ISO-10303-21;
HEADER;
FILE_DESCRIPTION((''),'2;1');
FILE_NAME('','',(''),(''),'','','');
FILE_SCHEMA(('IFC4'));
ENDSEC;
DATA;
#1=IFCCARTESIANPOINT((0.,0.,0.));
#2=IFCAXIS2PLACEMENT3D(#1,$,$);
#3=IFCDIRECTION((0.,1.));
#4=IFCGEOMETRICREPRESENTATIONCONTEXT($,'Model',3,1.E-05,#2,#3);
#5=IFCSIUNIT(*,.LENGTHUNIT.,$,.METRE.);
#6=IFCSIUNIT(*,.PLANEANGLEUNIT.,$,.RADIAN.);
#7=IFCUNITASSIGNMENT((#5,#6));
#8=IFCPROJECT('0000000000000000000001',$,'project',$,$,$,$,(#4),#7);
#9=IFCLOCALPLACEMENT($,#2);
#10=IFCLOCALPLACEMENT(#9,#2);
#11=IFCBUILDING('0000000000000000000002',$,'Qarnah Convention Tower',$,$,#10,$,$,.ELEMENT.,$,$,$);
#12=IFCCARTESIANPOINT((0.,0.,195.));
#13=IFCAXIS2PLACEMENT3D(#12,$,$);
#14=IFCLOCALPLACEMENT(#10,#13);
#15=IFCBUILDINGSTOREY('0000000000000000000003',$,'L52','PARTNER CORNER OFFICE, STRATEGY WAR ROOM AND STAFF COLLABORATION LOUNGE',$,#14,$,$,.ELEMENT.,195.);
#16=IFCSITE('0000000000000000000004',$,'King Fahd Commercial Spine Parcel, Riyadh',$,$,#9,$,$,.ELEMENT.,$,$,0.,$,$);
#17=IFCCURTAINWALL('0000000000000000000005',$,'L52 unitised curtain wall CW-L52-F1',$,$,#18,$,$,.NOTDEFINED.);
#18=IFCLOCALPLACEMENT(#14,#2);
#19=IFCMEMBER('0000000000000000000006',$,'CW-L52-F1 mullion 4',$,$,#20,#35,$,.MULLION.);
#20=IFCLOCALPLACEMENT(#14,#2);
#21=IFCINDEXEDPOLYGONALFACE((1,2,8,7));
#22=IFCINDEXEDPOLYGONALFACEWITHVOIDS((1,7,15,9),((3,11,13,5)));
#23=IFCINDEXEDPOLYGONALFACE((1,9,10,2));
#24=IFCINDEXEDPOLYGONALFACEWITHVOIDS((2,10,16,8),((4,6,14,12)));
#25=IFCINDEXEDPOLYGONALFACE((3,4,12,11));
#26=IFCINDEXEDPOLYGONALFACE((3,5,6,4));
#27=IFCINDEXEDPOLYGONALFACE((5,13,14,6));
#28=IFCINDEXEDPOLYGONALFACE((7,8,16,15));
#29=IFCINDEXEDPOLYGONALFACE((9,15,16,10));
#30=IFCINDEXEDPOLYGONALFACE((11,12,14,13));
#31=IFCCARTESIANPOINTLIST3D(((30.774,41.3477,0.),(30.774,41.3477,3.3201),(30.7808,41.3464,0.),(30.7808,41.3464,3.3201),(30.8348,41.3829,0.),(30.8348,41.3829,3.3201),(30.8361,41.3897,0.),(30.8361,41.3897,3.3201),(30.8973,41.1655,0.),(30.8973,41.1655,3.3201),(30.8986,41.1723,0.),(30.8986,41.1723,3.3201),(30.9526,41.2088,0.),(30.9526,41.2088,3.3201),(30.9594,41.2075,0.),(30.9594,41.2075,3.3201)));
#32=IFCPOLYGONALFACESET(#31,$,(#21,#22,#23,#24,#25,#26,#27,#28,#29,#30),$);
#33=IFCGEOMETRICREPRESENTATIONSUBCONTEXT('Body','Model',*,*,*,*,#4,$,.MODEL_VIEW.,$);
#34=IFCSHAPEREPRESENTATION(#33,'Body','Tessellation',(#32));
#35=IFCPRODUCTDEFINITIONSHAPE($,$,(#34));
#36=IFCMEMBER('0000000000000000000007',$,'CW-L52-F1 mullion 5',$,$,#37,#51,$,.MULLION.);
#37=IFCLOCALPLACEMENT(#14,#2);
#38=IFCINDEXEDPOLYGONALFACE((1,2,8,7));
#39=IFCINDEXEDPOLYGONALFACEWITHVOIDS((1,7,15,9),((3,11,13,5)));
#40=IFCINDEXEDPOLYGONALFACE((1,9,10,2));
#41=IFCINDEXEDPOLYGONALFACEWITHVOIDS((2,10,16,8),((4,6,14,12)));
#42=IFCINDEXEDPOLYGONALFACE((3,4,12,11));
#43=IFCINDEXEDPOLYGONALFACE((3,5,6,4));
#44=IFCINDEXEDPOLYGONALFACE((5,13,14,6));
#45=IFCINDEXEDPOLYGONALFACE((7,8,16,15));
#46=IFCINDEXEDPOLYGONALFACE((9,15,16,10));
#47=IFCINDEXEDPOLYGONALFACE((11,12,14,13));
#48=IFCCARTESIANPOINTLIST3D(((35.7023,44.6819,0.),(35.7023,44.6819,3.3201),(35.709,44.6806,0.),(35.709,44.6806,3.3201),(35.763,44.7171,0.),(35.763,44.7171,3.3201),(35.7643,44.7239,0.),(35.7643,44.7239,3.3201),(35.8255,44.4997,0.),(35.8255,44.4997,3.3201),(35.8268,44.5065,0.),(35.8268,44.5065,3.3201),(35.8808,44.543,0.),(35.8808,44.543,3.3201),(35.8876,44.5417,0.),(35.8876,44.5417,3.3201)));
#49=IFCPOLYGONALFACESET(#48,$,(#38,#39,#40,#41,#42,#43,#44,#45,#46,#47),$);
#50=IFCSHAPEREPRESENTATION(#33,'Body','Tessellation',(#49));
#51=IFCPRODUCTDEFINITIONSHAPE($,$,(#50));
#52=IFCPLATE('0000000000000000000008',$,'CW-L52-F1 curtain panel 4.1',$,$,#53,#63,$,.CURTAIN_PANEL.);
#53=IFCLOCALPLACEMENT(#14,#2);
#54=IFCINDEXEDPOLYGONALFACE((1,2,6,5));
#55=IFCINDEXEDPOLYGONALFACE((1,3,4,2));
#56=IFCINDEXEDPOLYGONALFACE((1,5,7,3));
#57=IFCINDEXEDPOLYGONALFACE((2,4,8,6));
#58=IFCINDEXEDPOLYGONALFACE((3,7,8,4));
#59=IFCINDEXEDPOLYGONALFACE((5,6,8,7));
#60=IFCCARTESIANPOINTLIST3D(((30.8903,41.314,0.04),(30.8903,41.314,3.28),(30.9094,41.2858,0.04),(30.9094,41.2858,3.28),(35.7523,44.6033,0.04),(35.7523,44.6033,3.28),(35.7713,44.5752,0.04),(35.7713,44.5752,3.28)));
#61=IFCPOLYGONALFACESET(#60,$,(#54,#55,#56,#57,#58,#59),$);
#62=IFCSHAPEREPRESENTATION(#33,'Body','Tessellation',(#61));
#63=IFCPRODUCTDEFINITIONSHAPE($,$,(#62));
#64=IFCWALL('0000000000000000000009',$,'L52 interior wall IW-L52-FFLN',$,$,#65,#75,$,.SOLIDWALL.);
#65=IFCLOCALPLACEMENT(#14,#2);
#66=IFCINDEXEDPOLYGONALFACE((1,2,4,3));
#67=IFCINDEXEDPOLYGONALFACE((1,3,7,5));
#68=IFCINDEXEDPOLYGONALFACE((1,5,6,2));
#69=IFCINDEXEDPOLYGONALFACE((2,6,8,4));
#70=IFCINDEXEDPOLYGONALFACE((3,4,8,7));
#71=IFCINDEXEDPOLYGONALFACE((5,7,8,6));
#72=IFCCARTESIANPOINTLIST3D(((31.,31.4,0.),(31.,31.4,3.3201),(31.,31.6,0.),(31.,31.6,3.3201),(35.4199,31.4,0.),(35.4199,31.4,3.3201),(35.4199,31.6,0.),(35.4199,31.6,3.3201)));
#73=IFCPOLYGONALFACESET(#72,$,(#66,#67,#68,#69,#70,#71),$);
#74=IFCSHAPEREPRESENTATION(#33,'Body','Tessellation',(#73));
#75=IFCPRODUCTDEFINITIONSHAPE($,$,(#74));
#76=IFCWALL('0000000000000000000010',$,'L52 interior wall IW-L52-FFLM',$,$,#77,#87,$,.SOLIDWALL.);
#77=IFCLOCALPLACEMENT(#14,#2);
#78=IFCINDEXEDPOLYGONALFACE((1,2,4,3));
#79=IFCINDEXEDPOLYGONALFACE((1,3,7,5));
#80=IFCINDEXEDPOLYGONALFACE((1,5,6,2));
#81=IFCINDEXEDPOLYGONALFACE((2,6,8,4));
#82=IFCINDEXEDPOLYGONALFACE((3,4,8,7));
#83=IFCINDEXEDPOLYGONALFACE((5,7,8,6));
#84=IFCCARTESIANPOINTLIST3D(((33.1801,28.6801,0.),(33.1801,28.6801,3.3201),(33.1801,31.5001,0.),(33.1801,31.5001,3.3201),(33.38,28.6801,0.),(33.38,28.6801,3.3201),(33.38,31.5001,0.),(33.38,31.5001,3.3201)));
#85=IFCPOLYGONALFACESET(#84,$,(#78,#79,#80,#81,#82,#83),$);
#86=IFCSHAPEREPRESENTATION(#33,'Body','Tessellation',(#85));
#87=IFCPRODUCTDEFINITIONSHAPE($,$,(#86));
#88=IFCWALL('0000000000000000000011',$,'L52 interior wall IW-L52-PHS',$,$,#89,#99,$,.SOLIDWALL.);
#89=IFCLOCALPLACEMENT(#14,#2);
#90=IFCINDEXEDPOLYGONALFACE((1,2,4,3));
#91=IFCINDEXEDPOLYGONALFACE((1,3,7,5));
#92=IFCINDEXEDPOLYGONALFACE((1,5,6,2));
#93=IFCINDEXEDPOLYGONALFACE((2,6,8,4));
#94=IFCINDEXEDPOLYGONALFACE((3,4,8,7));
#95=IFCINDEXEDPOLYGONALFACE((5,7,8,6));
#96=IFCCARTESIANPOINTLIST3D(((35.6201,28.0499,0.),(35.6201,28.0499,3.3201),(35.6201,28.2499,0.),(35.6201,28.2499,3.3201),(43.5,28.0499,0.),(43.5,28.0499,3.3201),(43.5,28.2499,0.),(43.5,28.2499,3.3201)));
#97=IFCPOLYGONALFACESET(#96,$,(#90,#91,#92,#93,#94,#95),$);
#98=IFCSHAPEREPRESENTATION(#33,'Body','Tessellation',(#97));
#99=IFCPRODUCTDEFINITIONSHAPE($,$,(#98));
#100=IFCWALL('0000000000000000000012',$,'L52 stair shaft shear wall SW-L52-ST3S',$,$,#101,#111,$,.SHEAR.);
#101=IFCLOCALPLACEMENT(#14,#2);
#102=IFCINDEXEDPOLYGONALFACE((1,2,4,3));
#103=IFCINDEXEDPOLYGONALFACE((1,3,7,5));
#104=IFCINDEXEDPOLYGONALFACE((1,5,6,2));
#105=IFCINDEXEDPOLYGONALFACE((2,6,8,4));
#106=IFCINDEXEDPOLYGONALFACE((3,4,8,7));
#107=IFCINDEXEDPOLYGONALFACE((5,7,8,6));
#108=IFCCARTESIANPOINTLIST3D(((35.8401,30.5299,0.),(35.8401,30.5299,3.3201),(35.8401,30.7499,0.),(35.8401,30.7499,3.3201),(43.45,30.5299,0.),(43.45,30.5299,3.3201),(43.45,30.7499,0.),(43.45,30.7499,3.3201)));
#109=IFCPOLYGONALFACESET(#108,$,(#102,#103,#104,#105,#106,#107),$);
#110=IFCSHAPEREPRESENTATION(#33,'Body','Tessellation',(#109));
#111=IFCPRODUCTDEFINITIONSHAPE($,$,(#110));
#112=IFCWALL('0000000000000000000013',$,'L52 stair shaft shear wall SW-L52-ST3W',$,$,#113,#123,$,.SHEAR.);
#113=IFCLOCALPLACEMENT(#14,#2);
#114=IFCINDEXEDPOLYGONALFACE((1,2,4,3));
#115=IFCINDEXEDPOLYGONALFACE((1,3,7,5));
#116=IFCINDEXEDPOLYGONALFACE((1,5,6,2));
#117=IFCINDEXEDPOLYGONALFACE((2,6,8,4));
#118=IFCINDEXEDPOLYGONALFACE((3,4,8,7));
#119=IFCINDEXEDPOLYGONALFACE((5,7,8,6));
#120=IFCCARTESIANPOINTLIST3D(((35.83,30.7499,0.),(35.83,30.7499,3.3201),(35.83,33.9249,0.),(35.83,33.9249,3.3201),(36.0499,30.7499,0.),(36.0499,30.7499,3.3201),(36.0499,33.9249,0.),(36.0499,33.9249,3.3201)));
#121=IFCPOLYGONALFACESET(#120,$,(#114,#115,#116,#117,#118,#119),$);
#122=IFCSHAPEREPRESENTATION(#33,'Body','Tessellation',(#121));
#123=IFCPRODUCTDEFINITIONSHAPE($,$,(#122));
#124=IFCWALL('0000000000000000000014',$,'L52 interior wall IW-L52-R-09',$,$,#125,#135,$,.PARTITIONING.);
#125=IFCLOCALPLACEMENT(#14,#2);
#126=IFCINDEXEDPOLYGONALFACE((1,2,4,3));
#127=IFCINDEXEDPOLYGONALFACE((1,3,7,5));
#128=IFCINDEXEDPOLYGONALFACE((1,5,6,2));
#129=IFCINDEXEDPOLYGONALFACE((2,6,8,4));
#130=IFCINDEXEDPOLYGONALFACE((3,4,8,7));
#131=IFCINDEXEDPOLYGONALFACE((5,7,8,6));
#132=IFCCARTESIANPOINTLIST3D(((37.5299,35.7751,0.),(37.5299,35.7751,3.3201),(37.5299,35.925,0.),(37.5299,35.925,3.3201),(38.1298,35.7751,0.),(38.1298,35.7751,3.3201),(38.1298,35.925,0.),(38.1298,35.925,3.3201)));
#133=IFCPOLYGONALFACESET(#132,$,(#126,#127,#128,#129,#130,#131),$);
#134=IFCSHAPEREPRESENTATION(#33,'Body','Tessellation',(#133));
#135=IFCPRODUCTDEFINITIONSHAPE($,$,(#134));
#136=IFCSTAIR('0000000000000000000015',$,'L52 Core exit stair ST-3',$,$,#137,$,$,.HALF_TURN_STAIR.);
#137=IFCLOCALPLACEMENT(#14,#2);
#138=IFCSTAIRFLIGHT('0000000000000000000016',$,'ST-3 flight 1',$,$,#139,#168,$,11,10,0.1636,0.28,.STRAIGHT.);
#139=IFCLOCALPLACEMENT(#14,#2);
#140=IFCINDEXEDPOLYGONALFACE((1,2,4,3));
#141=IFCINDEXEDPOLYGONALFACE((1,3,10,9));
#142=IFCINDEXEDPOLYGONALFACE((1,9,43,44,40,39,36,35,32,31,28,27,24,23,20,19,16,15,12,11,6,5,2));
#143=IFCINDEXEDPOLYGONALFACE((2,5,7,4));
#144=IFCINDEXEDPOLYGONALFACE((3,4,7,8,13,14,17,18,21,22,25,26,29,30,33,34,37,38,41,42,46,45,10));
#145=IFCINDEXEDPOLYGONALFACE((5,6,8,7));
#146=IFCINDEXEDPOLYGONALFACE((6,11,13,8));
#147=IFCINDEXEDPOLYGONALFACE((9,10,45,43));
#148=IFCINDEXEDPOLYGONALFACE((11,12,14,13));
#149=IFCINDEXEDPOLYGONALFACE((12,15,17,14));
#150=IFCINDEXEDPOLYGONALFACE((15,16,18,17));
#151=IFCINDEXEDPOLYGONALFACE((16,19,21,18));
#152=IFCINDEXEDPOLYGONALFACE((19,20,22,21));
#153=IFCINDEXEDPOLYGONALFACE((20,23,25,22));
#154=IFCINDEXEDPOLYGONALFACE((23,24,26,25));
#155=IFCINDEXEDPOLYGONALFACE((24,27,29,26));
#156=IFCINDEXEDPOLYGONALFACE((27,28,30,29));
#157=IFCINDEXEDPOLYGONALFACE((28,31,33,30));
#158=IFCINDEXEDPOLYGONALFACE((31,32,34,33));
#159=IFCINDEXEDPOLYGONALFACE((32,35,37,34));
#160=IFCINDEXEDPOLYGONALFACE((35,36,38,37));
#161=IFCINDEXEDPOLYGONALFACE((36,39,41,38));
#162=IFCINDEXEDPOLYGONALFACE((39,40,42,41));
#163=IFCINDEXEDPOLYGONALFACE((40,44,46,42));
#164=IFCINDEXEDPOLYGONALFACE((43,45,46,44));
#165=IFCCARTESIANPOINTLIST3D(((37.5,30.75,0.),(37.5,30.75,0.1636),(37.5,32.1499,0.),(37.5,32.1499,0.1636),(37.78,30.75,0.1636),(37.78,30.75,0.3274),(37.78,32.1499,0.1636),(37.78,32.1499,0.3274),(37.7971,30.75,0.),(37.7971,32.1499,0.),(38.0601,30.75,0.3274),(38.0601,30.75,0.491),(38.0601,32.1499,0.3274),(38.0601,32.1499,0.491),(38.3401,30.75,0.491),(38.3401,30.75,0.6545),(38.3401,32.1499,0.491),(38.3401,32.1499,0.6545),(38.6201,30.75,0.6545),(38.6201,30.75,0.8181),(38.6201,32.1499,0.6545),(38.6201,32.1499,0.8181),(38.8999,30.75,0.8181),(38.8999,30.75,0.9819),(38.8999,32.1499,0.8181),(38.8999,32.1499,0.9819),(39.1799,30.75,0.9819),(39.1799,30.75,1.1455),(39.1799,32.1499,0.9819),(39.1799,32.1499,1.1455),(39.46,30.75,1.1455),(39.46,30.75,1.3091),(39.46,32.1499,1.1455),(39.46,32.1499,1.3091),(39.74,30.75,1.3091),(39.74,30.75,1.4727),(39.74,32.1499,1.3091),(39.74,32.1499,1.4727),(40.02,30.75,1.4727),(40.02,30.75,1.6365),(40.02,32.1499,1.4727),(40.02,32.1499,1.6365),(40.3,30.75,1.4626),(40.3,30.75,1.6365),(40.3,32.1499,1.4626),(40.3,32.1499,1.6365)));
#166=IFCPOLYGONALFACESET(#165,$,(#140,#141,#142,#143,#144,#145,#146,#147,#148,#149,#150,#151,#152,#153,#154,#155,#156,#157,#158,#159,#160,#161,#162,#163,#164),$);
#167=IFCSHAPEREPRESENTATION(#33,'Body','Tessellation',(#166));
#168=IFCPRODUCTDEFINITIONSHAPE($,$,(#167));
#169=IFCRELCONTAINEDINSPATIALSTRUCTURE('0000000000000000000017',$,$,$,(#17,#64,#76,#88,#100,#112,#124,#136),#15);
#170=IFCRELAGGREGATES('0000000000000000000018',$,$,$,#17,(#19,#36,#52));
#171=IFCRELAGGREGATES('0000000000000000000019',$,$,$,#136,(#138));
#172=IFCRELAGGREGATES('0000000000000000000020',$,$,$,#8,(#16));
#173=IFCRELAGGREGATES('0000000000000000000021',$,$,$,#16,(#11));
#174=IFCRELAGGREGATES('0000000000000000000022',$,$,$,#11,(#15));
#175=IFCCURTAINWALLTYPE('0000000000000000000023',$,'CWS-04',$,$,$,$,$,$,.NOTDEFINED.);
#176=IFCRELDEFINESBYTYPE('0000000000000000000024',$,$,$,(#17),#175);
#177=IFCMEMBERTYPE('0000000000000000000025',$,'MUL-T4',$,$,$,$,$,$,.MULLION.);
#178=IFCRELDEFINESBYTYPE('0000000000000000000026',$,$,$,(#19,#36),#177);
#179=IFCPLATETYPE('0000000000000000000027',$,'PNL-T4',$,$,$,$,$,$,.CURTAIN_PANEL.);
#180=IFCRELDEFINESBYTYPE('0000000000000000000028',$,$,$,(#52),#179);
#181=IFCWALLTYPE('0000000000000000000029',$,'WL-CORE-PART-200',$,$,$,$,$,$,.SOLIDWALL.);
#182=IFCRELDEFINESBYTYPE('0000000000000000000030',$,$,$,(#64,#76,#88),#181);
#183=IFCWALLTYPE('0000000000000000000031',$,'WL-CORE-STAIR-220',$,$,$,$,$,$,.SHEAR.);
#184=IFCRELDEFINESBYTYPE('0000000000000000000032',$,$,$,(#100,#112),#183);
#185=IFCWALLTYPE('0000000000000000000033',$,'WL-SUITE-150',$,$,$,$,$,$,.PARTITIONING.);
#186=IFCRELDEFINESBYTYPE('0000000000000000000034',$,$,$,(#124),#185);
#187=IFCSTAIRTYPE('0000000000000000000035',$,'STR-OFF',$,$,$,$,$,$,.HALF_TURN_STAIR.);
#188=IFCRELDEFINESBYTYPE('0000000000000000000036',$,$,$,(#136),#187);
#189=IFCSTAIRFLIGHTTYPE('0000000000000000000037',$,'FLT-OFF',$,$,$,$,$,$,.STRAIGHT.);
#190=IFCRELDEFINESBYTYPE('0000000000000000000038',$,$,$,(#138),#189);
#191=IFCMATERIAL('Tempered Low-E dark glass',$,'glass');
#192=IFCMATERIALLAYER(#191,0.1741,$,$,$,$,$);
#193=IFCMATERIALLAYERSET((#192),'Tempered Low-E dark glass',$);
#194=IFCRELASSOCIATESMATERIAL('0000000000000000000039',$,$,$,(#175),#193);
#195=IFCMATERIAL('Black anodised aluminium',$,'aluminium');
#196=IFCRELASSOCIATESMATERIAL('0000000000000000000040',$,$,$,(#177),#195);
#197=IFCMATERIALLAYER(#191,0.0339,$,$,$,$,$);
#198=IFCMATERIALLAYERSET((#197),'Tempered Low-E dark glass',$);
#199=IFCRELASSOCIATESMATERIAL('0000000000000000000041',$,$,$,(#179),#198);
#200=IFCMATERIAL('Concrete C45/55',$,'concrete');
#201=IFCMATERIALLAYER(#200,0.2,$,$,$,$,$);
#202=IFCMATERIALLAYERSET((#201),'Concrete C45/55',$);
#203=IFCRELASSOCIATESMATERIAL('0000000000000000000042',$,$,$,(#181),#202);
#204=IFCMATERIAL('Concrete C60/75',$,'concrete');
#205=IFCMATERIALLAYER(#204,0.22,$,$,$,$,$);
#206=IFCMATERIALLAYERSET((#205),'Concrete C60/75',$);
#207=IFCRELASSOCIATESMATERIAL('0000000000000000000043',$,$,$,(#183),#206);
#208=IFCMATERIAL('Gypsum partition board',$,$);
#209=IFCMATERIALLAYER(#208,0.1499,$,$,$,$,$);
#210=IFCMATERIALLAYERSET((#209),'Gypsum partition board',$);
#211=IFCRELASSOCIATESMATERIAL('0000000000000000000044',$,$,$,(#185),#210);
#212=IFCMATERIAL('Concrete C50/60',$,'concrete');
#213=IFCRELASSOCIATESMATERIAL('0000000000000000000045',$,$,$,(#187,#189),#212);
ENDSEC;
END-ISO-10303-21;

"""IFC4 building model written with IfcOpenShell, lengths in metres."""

from ifc_helpers import new_model, si_unit, direction, frame, frame_2d, origin, origin_2d, place, context, subcontext, project, spatial, polyline, rectangle, hollow_rectangle, outline, extrude, material, layer, layer_set, material_profile, profile_set, type_object, element, aggregate, save


model = new_model("IFC4")

# Units and contexts
model_context = context("Model", 3, precision=1e-05, world=origin(), true_north=direction((0.0, 1.0)))
body_context = subcontext(model_context, "Body", "Model", "MODEL_VIEW")
ifc_project = project(units=[si_unit("LENGTHUNIT", "METRE"), si_unit("PLANEANGLEUNIT", "RADIAN")], contexts=[model_context])

# Site, building, storey
site_placement = place(None, origin())
site = spatial("IfcSite", under=ifc_project, at=site_placement, Name="King Fahd Commercial Spine Parcel, Riyadh", CompositionType="ELEMENT", RefElevation=0.0)
building_placement = place(site_placement, origin())
building = spatial("IfcBuilding", under=site, at=building_placement, Name="Qarnah Convention Tower", CompositionType="ELEMENT")
storey_placement = place(building_placement, frame((0.0, 0.0, 195.0)))
storey = spatial("IfcBuildingStorey", under=building, at=storey_placement, Name="L52", Description="PARTNER CORNER OFFICE, STRATEGY WAR ROOM AND STAFF COLLABORATION LOUNGE", CompositionType="ELEMENT", Elevation=195.0)

# Shared definitions
ifc_material_1 = material(Name="Concrete C50/60", Category="concrete")

# Curtain wall, members, plate
ifc_material_2 = material(Name="Tempered Low-E dark glass", Category="glass")
ifc_layer_1 = layer(ifc_material_2, 0.1741)
ifc_layer_set_1 = layer_set([ifc_layer_1], Name="Tempered Low-E dark glass")
curtain_wall_type = type_object("IfcCurtainWallType", Name="CWS-04", PredefinedType="NOTDEFINED", material=ifc_layer_set_1)
curtain_wall_placement = place(storey_placement, origin())
curtain_wall = element("IfcCurtainWall", 1, at=curtain_wall_placement, inside=storey, type_object=curtain_wall_type, Name="L52 unitised curtain wall CW-L52-F1", PredefinedType="NOTDEFINED")
ifc_material_3 = material(Name="Black anodised aluminium", Category="aluminium")
ifc_material_profile_1 = material_profile(ifc_material_3, hollow_rectangle(XDim=0.075, YDim=0.22, WallThickness=0.0049, at=origin_2d()), Name="MUL-75X220")
ifc_profile_set_1 = profile_set([ifc_material_profile_1], Name="Black anodised aluminium")
member_type = type_object("IfcMemberType", Name="MUL-T4", PredefinedType="MULLION", material=ifc_profile_set_1)
member_1_placement = place(storey_placement, frame((30.8667, 41.2776, 0.0), z_axis=(0.0, 0.0, 1.0), x_axis=(0.828251, 0.560358, 0.0)))
member_1 = element("IfcMember", 2, at=member_1_placement, type_object=member_type, Name="CW-L52-F1 mullion 4", PredefinedType="MULLION", context=body_context, shape_type="SweptSolid", body=[
    extrude(hollow_rectangle(XDim=0.075, YDim=0.22, WallThickness=0.0049, at=origin_2d()), origin(), (0.0, 0.0, 1.0), 3.3201),
])
member_2_placement = place(storey_placement, frame((35.7949, 44.6118, 0.0), z_axis=(0.0, 0.0, 1.0), x_axis=(0.828251, 0.560358, 0.0)))
member_2 = element("IfcMember", 3, at=member_2_placement, type_object=member_type, Name="CW-L52-F1 mullion 5", PredefinedType="MULLION", context=body_context, shape_type="SweptSolid", body=[
    extrude(hollow_rectangle(XDim=0.075, YDim=0.22, WallThickness=0.0049, at=origin_2d()), origin(), (0.0, 0.0, 1.0), 3.3201),
])
ifc_layer_2 = layer(ifc_material_2, 0.0339)
ifc_layer_set_2 = layer_set([ifc_layer_2], Name="Tempered Low-E dark glass")
plate_type = type_object("IfcPlateType", Name="PNL-T4", PredefinedType="CURTAIN_PANEL", material=ifc_layer_set_2)
plate_placement = place(storey_placement, frame((33.3308, 42.9446, 0.04), z_axis=(0.0, 0.0, 1.0), x_axis=(0.828251, 0.560358, 0.0)))
plate = element("IfcPlate", 4, at=plate_placement, type_object=plate_type, Name="CW-L52-F1 curtain panel 4.1", PredefinedType="CURTAIN_PANEL", context=body_context, shape_type="SweptSolid", body=[
    extrude(rectangle(XDim=5.8701, YDim=0.0339, at=origin_2d()), origin(), (0.0, 0.0, 1.0), 3.24),
])
aggregate(curtain_wall, [member_1, member_2, plate])

# Shared definitions
ifc_material_4 = material(Name="Concrete C45/55", Category="concrete")
ifc_layer_3 = layer(ifc_material_4, 0.2)
ifc_layer_set_3 = layer_set([ifc_layer_3], Name="Concrete C45/55")
wall_type_1 = type_object("IfcWallType", Name="WL-CORE-PART-200", PredefinedType="SOLIDWALL", material=ifc_layer_set_3)

# Walls
wall_1_placement = place(storey_placement, frame((31.0, 31.5, 0.0), z_axis=(0.0, 0.0, 1.0), x_axis=(1.0, 0.0, 0.0)))
element("IfcWall", 5, at=wall_1_placement, inside=storey, type_object=wall_type_1, Name="L52 interior wall IW-L52-FFLN", PredefinedType="SOLIDWALL", context=body_context, shape_type="SweptSolid", body=[
    extrude(rectangle(XDim=4.4199, YDim=0.2, at=frame_2d((2.21, 0.0))), origin(), (0.0, 0.0, 1.0), 3.3201),
])
wall_2_placement = place(storey_placement, frame((33.28, 28.6799, 0.0), z_axis=(0.0, 0.0, 1.0), x_axis=(0.0, 1.0, 0.0)))
element("IfcWall", 6, at=wall_2_placement, inside=storey, type_object=wall_type_1, Name="L52 interior wall IW-L52-FFLM", PredefinedType="SOLIDWALL", context=body_context, shape_type="SweptSolid", body=[
    extrude(rectangle(XDim=2.8201, YDim=0.2, at=frame_2d((1.4102, 0.0))), origin(), (0.0, 0.0, 1.0), 3.3201),
])
wall_3_placement = place(storey_placement, frame((35.6201, 28.1499, 0.0), z_axis=(0.0, 0.0, 1.0), x_axis=(1.0, 0.0, 0.0)))
element("IfcWall", 7, at=wall_3_placement, inside=storey, type_object=wall_type_1, Name="L52 interior wall IW-L52-PHS", PredefinedType="SOLIDWALL", context=body_context, shape_type="SweptSolid", body=[
    extrude(rectangle(XDim=7.8799, YDim=0.2, at=frame_2d((3.9399, 0.0))), origin(), (0.0, 0.0, 1.0), 3.3201),
])

# Walls
ifc_material_5 = material(Name="Concrete C60/75", Category="concrete")
ifc_layer_4 = layer(ifc_material_5, 0.22)
ifc_layer_set_4 = layer_set([ifc_layer_4], Name="Concrete C60/75")
wall_type_2 = type_object("IfcWallType", Name="WL-CORE-STAIR-220", PredefinedType="SHEAR", material=ifc_layer_set_4)
wall_4_placement = place(storey_placement, frame((35.8401, 30.6399, 0.0), z_axis=(0.0, 0.0, 1.0), x_axis=(1.0, 0.0, 0.0)))
element("IfcWall", 8, at=wall_4_placement, inside=storey, type_object=wall_type_2, Name="L52 stair shaft shear wall SW-L52-ST3S", PredefinedType="SHEAR", context=body_context, shape_type="SweptSolid", body=[
    extrude(rectangle(XDim=7.6099, YDim=0.22, at=frame_2d((3.8049, 0.0))), origin(), (0.0, 0.0, 1.0), 3.3201),
])
wall_5_placement = place(storey_placement, frame((35.9399, 30.75, 0.0), z_axis=(0.0, 0.0, 1.0), x_axis=(0.0, 1.0, 0.0)))
element("IfcWall", 9, at=wall_5_placement, inside=storey, type_object=wall_type_2, Name="L52 stair shaft shear wall SW-L52-ST3W", PredefinedType="SHEAR", context=body_context, shape_type="SweptSolid", body=[
    extrude(rectangle(XDim=3.175, YDim=0.22, at=frame_2d((1.5874, 0.0))), origin(), (0.0, 0.0, 1.0), 3.3201),
])
ifc_material_6 = material(Name="Gypsum partition board")
ifc_layer_5 = layer(ifc_material_6, 0.1499)
ifc_layer_set_5 = layer_set([ifc_layer_5], Name="Gypsum partition board")
wall_type_3 = type_object("IfcWallType", Name="WL-SUITE-150", PredefinedType="PARTITIONING", material=ifc_layer_set_5)
wall_6_placement = place(storey_placement, frame((37.53, 35.8501, 0.0), z_axis=(0.0, 0.0, 1.0), x_axis=(1.0, 0.0, 0.0)))
element("IfcWall", 10, at=wall_6_placement, inside=storey, type_object=wall_type_3, Name="L52 interior wall IW-L52-R-09", PredefinedType="PARTITIONING", context=body_context, shape_type="SweptSolid", body=[
    extrude(rectangle(XDim=0.5999, YDim=0.1499, at=frame_2d((0.2998, 0.0))), origin(), (0.0, 0.0, 1.0), 3.3201),
])

# Stair, stair flight
stair_type = type_object("IfcStairType", Name="STR-OFF", PredefinedType="HALF_TURN_STAIR", material=ifc_material_1)
stair_placement = place(storey_placement, origin())
stair = element("IfcStair", 11, at=stair_placement, inside=storey, type_object=stair_type, Name="L52 Core exit stair ST-3", PredefinedType="HALF_TURN_STAIR")
stair_flight_type = type_object("IfcStairFlightType", Name="FLT-OFF", PredefinedType="STRAIGHT", material=ifc_material_1)
stair_flight_placement = place(storey_placement, frame((37.5, 31.45, 0.0), z_axis=(0.0, 0.0, 1.0), x_axis=(1.0, 0.0, 0.0)))
stair_flight = element("IfcStairFlight", 12, at=stair_flight_placement, type_object=stair_flight_type, Name="ST-3 flight 1", NumberOfRisers=11, NumberOfTreads=10, PredefinedType="STRAIGHT", RiserHeight=0.1636, TreadLength=0.28, context=body_context, shape_type="SweptSolid", body=[
    extrude(outline(polyline([(0.0, 0.0), (0.0, 0.1636), (0.28, 0.1636), (0.28, 0.3274), (0.5601, 0.3274), (0.5601, 0.491), (0.8401, 0.491), (0.8401, 0.6545), (1.1201, 0.6545), (1.1201, 0.8181), (1.3999, 0.8181), (1.3999, 0.9819), (1.6799, 0.9819), (1.6799, 1.1455), (1.96, 1.1455), (1.96, 1.3091), (2.24, 1.3091), (2.24, 1.4727), (2.52, 1.4727), (2.52, 1.6365), (2.8, 1.6365), (2.8, 1.8), (2.8, 1.4626), (0.2971, 0.0), (0.0, 0.0)])), frame((0.0, 0.7, 0.0), z_axis=(0.0, -1.0, 0.0), x_axis=(1.0, 0.0, 0.0)), (0.0, 0.0, 1.0), 1.3999),
])
aggregate(stair, [stair_flight])

save(model, "model.ifc")
